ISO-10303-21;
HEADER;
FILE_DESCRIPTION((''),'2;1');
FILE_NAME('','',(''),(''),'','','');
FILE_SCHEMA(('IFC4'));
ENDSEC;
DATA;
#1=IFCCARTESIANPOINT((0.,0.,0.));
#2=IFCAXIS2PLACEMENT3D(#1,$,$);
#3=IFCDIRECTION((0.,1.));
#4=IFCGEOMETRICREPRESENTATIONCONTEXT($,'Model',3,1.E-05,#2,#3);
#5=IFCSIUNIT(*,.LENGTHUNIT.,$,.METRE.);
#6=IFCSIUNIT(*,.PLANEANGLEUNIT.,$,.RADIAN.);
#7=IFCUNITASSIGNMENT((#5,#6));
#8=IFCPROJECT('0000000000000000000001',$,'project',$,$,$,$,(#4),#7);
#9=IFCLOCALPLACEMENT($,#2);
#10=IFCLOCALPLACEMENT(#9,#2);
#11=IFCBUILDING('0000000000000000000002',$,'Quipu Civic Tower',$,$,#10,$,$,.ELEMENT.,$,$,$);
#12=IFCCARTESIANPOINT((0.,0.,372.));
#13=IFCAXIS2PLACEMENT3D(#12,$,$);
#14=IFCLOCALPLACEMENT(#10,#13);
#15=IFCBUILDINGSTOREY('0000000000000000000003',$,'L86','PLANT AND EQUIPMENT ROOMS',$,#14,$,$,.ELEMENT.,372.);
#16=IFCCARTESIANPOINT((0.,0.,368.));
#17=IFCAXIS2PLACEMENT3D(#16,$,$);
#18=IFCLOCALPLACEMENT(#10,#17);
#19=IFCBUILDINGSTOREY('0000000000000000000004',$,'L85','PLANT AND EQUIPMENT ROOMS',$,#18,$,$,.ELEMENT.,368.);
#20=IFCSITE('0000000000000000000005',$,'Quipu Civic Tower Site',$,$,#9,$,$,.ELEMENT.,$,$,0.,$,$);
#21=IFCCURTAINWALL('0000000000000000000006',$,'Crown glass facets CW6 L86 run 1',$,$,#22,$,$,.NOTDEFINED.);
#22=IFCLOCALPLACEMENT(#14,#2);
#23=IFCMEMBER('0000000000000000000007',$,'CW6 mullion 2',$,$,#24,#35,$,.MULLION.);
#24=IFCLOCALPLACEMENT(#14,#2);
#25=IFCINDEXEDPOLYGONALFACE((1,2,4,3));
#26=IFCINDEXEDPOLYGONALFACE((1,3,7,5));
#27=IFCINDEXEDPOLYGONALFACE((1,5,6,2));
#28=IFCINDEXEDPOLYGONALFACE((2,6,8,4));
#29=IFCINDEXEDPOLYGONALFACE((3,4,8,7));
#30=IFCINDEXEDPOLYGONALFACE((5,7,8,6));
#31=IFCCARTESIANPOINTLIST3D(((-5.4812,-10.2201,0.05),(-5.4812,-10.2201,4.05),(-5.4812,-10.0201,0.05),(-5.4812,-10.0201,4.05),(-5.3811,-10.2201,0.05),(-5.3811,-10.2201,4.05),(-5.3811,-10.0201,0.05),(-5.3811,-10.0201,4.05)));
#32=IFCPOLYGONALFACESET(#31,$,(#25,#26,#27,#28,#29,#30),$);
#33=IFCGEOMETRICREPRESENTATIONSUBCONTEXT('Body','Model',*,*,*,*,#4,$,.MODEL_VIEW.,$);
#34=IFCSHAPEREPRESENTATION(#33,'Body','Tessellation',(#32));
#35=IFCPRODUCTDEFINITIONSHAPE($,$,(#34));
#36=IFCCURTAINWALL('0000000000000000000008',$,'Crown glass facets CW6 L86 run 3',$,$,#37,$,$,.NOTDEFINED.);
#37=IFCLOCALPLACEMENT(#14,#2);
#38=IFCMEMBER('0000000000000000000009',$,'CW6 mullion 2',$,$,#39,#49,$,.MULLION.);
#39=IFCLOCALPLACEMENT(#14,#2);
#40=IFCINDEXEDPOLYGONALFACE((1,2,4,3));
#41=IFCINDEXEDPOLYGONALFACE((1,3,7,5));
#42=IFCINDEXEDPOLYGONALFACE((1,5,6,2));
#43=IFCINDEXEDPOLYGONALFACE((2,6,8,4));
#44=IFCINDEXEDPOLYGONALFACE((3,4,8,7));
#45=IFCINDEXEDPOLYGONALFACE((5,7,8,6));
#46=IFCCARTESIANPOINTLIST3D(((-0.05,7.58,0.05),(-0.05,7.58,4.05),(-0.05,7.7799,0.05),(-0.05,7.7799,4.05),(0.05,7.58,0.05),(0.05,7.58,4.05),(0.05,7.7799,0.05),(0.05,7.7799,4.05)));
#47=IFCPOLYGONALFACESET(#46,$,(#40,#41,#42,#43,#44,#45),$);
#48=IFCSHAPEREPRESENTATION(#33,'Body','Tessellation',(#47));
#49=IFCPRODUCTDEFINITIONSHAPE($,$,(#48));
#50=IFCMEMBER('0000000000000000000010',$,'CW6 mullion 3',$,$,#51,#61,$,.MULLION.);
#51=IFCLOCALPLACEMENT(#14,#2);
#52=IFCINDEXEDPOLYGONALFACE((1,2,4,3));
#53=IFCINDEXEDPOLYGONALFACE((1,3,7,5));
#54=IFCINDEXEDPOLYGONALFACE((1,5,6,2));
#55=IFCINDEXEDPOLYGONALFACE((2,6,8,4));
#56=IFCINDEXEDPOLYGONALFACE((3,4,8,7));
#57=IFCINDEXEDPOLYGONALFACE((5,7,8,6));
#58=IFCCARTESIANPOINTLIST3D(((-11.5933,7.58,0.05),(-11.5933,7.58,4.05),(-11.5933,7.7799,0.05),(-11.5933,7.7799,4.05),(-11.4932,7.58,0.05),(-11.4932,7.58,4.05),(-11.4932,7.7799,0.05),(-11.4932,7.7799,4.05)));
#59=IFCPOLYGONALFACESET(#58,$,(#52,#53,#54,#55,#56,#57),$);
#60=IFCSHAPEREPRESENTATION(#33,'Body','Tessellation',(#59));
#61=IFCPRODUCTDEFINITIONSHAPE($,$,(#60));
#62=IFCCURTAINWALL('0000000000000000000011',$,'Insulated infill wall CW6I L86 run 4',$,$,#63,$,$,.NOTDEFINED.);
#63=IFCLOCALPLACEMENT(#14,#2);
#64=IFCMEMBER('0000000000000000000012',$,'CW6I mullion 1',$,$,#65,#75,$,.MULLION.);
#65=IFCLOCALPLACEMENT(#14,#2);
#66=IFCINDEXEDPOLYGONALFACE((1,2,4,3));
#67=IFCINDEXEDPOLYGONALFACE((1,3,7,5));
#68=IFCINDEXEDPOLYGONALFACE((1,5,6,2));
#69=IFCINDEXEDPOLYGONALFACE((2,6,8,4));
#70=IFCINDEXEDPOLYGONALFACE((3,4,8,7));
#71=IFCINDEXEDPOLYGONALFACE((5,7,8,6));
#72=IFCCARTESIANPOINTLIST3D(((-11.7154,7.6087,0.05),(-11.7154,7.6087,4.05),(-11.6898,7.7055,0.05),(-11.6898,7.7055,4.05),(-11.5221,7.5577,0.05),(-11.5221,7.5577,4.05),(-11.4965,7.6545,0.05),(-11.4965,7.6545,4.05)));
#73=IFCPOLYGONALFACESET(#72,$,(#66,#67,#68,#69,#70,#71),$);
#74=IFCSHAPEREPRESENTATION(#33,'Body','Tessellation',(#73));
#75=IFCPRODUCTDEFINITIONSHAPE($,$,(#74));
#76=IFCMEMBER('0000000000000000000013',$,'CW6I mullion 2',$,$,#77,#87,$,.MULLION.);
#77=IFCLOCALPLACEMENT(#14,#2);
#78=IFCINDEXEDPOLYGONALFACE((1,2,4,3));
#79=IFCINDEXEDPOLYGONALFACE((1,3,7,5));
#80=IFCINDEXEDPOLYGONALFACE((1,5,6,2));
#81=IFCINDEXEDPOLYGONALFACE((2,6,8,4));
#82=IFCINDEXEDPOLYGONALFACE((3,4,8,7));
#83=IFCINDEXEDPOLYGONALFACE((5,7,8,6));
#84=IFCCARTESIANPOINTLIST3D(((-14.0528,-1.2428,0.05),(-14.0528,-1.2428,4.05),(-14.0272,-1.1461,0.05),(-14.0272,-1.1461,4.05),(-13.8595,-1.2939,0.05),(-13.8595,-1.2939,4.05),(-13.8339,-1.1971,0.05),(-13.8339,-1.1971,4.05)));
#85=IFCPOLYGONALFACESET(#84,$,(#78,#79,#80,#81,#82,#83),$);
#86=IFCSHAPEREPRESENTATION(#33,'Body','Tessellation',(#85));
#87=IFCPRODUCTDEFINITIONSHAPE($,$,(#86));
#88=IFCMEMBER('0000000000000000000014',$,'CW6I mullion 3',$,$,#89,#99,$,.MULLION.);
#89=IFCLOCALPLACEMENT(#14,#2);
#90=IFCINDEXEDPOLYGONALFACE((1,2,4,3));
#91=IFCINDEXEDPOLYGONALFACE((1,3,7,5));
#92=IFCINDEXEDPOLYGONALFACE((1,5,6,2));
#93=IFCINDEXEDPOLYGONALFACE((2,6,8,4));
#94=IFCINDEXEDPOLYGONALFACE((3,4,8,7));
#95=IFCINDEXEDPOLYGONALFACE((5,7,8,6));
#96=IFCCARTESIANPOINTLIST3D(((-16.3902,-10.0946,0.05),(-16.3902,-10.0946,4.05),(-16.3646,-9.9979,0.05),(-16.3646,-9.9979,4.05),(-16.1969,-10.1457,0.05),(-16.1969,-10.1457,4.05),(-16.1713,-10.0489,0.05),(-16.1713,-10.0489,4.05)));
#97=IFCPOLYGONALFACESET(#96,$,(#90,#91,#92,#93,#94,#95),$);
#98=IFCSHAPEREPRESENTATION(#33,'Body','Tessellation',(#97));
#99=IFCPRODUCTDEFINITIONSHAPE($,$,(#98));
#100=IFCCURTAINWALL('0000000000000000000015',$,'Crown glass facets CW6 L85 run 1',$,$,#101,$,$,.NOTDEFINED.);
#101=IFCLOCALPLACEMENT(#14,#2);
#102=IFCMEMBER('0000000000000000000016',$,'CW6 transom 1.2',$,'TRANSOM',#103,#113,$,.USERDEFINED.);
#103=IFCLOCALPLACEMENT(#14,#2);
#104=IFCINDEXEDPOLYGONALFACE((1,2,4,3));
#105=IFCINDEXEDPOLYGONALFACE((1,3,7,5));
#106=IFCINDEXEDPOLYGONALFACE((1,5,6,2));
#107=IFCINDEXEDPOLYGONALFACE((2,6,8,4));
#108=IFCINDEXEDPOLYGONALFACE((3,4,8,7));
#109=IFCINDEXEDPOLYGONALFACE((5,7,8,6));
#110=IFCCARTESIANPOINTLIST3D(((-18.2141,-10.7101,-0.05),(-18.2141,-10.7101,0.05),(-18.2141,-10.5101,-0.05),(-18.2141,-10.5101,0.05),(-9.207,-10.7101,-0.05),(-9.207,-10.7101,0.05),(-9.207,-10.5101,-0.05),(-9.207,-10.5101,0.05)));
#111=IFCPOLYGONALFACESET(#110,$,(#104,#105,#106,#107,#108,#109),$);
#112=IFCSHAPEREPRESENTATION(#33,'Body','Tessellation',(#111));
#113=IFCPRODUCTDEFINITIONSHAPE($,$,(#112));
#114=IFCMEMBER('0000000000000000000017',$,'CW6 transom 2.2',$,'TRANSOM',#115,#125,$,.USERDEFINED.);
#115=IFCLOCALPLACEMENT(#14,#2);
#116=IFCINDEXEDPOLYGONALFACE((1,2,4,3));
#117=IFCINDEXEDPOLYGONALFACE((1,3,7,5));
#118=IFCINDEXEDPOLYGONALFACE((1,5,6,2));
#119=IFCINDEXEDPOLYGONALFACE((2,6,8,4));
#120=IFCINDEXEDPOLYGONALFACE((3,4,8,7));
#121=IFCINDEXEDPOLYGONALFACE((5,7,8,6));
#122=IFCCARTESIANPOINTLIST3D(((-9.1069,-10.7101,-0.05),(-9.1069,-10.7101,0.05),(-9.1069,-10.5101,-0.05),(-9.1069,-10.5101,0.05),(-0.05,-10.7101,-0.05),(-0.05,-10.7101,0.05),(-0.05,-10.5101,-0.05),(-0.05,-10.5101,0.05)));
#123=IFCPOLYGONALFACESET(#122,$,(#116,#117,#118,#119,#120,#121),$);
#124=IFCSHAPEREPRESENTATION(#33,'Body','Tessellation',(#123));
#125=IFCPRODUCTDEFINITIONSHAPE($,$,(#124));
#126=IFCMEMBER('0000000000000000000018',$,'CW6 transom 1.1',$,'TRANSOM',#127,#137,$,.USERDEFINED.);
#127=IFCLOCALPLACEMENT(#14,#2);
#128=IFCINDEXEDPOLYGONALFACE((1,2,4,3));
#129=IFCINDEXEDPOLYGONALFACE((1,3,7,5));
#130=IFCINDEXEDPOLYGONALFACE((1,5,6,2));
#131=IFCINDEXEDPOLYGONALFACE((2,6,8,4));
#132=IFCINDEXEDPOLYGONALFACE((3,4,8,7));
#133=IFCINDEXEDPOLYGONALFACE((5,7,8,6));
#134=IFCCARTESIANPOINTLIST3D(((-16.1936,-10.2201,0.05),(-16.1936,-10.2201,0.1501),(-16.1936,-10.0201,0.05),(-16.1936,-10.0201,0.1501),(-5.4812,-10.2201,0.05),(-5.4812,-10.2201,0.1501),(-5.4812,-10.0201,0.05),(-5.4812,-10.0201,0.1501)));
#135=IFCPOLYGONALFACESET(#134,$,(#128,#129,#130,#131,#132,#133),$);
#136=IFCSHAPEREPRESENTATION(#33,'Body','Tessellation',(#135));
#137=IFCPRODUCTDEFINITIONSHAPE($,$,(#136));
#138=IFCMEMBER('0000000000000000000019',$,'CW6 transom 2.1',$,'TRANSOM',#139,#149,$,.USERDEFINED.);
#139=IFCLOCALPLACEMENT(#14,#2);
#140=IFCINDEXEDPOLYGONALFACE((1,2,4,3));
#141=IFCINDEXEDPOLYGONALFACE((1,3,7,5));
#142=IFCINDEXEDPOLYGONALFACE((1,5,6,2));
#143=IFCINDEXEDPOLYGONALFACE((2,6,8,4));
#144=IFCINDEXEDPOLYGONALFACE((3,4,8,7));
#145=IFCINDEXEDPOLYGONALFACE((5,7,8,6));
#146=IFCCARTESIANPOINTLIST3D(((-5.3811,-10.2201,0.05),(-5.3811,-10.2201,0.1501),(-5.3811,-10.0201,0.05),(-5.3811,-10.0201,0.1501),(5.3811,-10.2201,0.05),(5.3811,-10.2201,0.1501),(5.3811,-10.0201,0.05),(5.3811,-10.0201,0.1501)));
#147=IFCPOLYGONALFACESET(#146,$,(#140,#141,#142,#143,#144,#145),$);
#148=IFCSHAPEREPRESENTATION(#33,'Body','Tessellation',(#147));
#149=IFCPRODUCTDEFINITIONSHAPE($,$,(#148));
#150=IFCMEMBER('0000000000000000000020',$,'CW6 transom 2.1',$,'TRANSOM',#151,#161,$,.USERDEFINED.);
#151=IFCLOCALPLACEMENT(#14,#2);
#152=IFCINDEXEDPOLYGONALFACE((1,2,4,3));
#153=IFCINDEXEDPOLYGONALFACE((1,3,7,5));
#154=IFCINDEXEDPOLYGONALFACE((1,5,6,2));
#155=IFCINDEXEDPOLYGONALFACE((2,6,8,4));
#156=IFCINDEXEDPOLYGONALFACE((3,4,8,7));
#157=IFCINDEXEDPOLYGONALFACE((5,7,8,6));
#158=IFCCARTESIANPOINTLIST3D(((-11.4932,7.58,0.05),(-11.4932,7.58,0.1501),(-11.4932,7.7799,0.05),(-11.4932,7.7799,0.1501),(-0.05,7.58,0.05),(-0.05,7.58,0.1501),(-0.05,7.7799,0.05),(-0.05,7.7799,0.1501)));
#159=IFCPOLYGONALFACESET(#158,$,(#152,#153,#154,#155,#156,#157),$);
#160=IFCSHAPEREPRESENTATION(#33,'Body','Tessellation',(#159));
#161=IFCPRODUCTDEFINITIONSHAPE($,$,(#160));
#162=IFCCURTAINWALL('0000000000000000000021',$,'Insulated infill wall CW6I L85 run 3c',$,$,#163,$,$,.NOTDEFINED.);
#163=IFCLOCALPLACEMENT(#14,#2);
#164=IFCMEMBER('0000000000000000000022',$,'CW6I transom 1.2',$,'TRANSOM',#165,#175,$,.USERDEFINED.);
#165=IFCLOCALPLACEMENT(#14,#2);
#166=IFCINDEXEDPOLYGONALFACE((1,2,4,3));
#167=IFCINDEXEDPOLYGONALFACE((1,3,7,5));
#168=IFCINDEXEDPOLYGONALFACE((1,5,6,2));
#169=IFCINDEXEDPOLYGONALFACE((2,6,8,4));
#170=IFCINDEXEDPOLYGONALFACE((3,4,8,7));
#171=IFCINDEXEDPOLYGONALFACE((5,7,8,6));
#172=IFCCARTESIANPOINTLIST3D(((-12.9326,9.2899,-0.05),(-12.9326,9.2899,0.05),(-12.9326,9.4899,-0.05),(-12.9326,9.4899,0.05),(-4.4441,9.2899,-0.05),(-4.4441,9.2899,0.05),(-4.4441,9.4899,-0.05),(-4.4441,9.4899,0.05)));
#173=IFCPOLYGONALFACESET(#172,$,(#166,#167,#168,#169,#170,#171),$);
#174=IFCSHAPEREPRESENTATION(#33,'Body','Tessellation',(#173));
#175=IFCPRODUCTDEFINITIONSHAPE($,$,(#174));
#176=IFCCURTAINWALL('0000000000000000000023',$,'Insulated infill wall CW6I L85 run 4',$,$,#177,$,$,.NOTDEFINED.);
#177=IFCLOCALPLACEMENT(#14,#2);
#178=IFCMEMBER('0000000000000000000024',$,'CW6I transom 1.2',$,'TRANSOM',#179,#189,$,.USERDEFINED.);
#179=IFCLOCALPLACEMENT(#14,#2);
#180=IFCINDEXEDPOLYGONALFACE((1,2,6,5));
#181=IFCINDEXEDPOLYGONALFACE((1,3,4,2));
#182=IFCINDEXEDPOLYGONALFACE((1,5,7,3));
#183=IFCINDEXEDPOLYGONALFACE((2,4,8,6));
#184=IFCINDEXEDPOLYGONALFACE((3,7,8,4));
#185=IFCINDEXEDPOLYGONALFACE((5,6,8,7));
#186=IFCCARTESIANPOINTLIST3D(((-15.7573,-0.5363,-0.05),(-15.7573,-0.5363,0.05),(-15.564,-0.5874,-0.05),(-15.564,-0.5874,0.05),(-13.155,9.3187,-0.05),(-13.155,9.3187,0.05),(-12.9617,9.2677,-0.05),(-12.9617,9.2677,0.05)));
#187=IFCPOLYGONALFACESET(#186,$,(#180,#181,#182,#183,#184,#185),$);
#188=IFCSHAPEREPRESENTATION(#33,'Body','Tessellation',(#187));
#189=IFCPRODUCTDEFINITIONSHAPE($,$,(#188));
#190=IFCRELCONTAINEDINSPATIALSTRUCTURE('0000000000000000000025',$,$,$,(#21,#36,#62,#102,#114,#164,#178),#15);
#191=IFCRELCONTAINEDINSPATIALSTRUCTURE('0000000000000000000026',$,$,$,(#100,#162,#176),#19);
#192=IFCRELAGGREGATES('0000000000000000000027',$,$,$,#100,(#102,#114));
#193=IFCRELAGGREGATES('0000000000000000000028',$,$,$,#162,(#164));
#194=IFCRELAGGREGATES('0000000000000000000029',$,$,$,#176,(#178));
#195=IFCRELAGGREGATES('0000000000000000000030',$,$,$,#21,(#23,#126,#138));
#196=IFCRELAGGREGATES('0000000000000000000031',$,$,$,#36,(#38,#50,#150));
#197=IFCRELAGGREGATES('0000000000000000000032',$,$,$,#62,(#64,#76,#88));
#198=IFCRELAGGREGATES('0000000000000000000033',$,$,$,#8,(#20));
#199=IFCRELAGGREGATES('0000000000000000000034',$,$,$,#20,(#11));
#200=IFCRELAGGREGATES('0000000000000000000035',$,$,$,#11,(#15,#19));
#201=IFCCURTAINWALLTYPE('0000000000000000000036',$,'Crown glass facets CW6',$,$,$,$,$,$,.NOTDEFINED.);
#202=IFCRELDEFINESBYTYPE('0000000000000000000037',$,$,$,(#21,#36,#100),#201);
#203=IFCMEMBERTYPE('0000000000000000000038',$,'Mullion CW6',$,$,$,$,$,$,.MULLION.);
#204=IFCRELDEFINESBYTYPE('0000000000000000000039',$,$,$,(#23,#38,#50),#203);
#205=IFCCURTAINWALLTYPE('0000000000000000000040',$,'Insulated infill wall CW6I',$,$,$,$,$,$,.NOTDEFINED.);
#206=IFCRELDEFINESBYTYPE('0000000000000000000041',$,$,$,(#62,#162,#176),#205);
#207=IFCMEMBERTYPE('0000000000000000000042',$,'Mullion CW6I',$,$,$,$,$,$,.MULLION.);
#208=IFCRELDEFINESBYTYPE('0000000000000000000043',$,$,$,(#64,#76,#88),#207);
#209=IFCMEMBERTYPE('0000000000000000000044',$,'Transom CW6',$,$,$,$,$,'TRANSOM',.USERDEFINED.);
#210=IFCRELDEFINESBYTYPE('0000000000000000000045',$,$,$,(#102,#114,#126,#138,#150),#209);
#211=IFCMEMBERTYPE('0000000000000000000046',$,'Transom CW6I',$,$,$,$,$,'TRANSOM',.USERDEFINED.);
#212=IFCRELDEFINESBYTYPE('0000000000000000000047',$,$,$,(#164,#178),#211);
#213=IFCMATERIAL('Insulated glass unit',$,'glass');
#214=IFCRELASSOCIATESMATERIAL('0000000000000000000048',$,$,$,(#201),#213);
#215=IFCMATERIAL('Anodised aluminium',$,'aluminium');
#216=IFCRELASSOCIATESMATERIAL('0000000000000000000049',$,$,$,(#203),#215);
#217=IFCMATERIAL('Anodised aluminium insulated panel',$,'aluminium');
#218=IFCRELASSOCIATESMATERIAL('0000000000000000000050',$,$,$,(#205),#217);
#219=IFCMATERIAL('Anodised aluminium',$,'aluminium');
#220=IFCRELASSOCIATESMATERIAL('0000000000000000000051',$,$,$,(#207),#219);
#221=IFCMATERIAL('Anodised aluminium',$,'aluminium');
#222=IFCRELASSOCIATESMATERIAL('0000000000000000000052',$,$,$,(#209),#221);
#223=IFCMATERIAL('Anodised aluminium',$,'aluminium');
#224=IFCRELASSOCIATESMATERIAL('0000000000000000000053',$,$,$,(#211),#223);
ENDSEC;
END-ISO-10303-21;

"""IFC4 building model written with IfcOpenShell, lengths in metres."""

from ifc_helpers import new_model, si_unit, direction, frame, origin, origin_2d, place, context, subcontext, project, spatial, rectangle, extrude, material, material_profile, profile_set, type_object, element, aggregate, save


model = new_model("IFC4")

# Units and contexts
model_context = context("Model", 3, precision=1e-05, world=origin(), true_north=direction((0.0, 1.0)))
body_context = subcontext(model_context, "Body", "Model", "MODEL_VIEW")
ifc_project = project(units=[si_unit("LENGTHUNIT", "METRE"), si_unit("PLANEANGLEUNIT", "RADIAN")], contexts=[model_context])

# Site, building, storey
site_placement = place(None, origin())
site = spatial("IfcSite", under=ifc_project, at=site_placement, Name="Quipu Civic Tower Site", CompositionType="ELEMENT", RefElevation=0.0)
building_placement = place(site_placement, origin())
building = spatial("IfcBuilding", under=site, at=building_placement, Name="Quipu Civic Tower", CompositionType="ELEMENT")
storey_1_placement = place(building_placement, frame((0.0, 0.0, 372.0)))
storey_1 = spatial("IfcBuildingStorey", under=building, at=storey_1_placement, Name="L86", Description="PLANT AND EQUIPMENT ROOMS", CompositionType="ELEMENT", Elevation=372.0)

# Curtain walls, members
ifc_material_1 = material(Name="Insulated glass unit", Category="glass")
curtain_wall_type_1 = type_object("IfcCurtainWallType", Name="Crown glass facets CW6", PredefinedType="NOTDEFINED", material=ifc_material_1)
curtain_wall_1_placement = place(storey_1_placement, origin())
curtain_wall_1 = element("IfcCurtainWall", 1, at=curtain_wall_1_placement, inside=storey_1, type_object=curtain_wall_type_1, Name="Crown glass facets CW6 L86 run 1", PredefinedType="NOTDEFINED")
ifc_material_2 = material(Name="Anodised aluminium", Category="aluminium")
ifc_material_profile_1 = material_profile(ifc_material_2, rectangle(XDim=0.2, YDim=0.1001, at=origin_2d()), Name="RECT 200x100")
ifc_profile_set_1 = profile_set([ifc_material_profile_1], Name="Anodised aluminium")
member_type_1 = type_object("IfcMemberType", Name="Mullion CW6", PredefinedType="MULLION", material=ifc_profile_set_1)
member_1_placement = place(storey_1_placement, frame((-5.4312, -10.1201, 0.05), z_axis=(0.0, 0.0, 1.0), x_axis=(0.0, 1.0, 0.0)))
member_1 = element("IfcMember", 2, at=member_1_placement, type_object=member_type_1, Name="CW6 mullion 2", PredefinedType="MULLION", context=body_context, shape_type="SweptSolid", body=[
    extrude(rectangle(XDim=0.2, YDim=0.1001, at=origin_2d()), origin(), (0.0, 0.0, 1.0), 4.0),
])
curtain_wall_2_placement = place(storey_1_placement, origin())
curtain_wall_2 = element("IfcCurtainWall", 3, at=curtain_wall_2_placement, inside=storey_1, type_object=curtain_wall_type_1, Name="Crown glass facets CW6 L86 run 3", PredefinedType="NOTDEFINED")
member_2_placement = place(storey_1_placement, frame((0.0, 7.6799, 0.05), z_axis=(0.0, 0.0, 1.0), x_axis=(0.0, -1.0, 0.0)))
member_2 = element("IfcMember", 4, at=member_2_placement, type_object=member_type_1, Name="CW6 mullion 2", PredefinedType="MULLION", context=body_context, shape_type="SweptSolid", body=[
    extrude(rectangle(XDim=0.2, YDim=0.1001, at=origin_2d()), origin(), (0.0, 0.0, 1.0), 4.0),
])
member_3_placement = place(storey_1_placement, frame((-11.5432, 7.6799, 0.05), z_axis=(0.0, 0.0, 1.0), x_axis=(0.0, -1.0, 0.0)))
member_3 = element("IfcMember", 5, at=member_3_placement, type_object=member_type_1, Name="CW6 mullion 3", PredefinedType="MULLION", context=body_context, shape_type="SweptSolid", body=[
    extrude(rectangle(XDim=0.2, YDim=0.1001, at=origin_2d()), origin(), (0.0, 0.0, 1.0), 4.0),
])
ifc_material_3 = material(Name="Anodised aluminium insulated panel", Category="aluminium")
curtain_wall_type_2 = type_object("IfcCurtainWallType", Name="Insulated infill wall CW6I", PredefinedType="NOTDEFINED", material=ifc_material_3)
curtain_wall_3_placement = place(storey_1_placement, origin())
curtain_wall_3 = element("IfcCurtainWall", 6, at=curtain_wall_3_placement, inside=storey_1, type_object=curtain_wall_type_2, Name="Insulated infill wall CW6I L86 run 4", PredefinedType="NOTDEFINED")
ifc_material_4 = material(Name="Anodised aluminium", Category="aluminium")
ifc_material_profile_2 = material_profile(ifc_material_4, rectangle(XDim=0.2, YDim=0.1001, at=origin_2d()), Name="RECT 200x100")
ifc_profile_set_2 = profile_set([ifc_material_profile_2], Name="Anodised aluminium")
member_type_2 = type_object("IfcMemberType", Name="Mullion CW6I", PredefinedType="MULLION", material=ifc_profile_set_2)
member_4_placement = place(storey_1_placement, frame((-11.606, 7.6316, 0.05), z_axis=(0.0, 0.0, 1.0), x_axis=(0.966858, -0.255316, 0.0)))
member_4 = element("IfcMember", 7, at=member_4_placement, type_object=member_type_2, Name="CW6I mullion 1", PredefinedType="MULLION", context=body_context, shape_type="SweptSolid", body=[
    extrude(rectangle(XDim=0.2, YDim=0.1001, at=origin_2d()), origin(), (0.0, 0.0, 1.0), 4.0),
])
member_5_placement = place(storey_1_placement, frame((-13.9434, -1.22, 0.05), z_axis=(0.0, 0.0, 1.0), x_axis=(0.966858, -0.255316, 0.0)))
member_5 = element("IfcMember", 8, at=member_5_placement, type_object=member_type_2, Name="CW6I mullion 2", PredefinedType="MULLION", context=body_context, shape_type="SweptSolid", body=[
    extrude(rectangle(XDim=0.2, YDim=0.1001, at=origin_2d()), origin(), (0.0, 0.0, 1.0), 4.0),
])
member_6_placement = place(storey_1_placement, frame((-16.2808, -10.0718, 0.05), z_axis=(0.0, 0.0, 1.0), x_axis=(0.966858, -0.255316, 0.0)))
member_6 = element("IfcMember", 9, at=member_6_placement, type_object=member_type_2, Name="CW6I mullion 3", PredefinedType="MULLION", context=body_context, shape_type="SweptSolid", body=[
    extrude(rectangle(XDim=0.2, YDim=0.1001, at=origin_2d()), origin(), (0.0, 0.0, 1.0), 4.0),
])

# Shared definitions
storey_2_placement = place(building_placement, frame((0.0, 0.0, 368.0)))
storey_2 = spatial("IfcBuildingStorey", under=building, at=storey_2_placement, Name="L85", Description="PLANT AND EQUIPMENT ROOMS", CompositionType="ELEMENT", Elevation=368.0)

# Curtain wall, members
curtain_wall_4_placement = place(storey_2_placement, origin())
curtain_wall_4 = element("IfcCurtainWall", 10, at=curtain_wall_4_placement, inside=storey_2, type_object=curtain_wall_type_1, Name="Crown glass facets CW6 L85 run 1", PredefinedType="NOTDEFINED")
ifc_material_5 = material(Name="Anodised aluminium", Category="aluminium")
ifc_material_profile_3 = material_profile(ifc_material_5, rectangle(XDim=0.2, YDim=0.1001, at=origin_2d()), Name="RECT 200x100")
ifc_profile_set_3 = profile_set([ifc_material_profile_3], Name="Anodised aluminium")
member_type_3 = type_object("IfcMemberType", Name="Transom CW6", ElementType="TRANSOM", PredefinedType="USERDEFINED", material=ifc_profile_set_3)
member_7_placement = place(storey_1_placement, frame((-18.2141, -10.6101, 0.0), z_axis=(1.0, 0.0, 0.0), x_axis=(0.0, 1.0, 0.0)))
member_7 = element("IfcMember", 11, at=member_7_placement, inside=storey_1, type_object=member_type_3, Name="CW6 transom 1.2", ObjectType="TRANSOM", PredefinedType="USERDEFINED", context=body_context, shape_type="SweptSolid", body=[
    extrude(rectangle(XDim=0.2, YDim=0.1001, at=origin_2d()), origin(), (0.0, 0.0, 1.0), 9.0071),
])
member_8_placement = place(storey_1_placement, frame((-9.1069, -10.6101, 0.0), z_axis=(1.0, 0.0, 0.0), x_axis=(0.0, 1.0, 0.0)))
member_8 = element("IfcMember", 12, at=member_8_placement, inside=storey_1, type_object=member_type_3, Name="CW6 transom 2.2", ObjectType="TRANSOM", PredefinedType="USERDEFINED", context=body_context, shape_type="SweptSolid", body=[
    extrude(rectangle(XDim=0.2, YDim=0.1001, at=origin_2d()), origin(), (0.0, 0.0, 1.0), 9.0569),
])
aggregate(curtain_wall_4, [member_7, member_8])

# Members
member_9_placement = place(storey_1_placement, frame((-16.1936, -10.1201, 0.1001), z_axis=(1.0, 0.0, 0.0), x_axis=(0.0, 1.0, 0.0)))
member_9 = element("IfcMember", 13, at=member_9_placement, type_object=member_type_3, Name="CW6 transom 1.1", ObjectType="TRANSOM", PredefinedType="USERDEFINED", context=body_context, shape_type="SweptSolid", body=[
    extrude(rectangle(XDim=0.2, YDim=0.1001, at=origin_2d()), origin(), (0.0, 0.0, 1.0), 10.7124),
])
member_10_placement = place(storey_1_placement, frame((-5.3811, -10.1201, 0.1001), z_axis=(1.0, 0.0, 0.0), x_axis=(0.0, 1.0, 0.0)))
member_10 = element("IfcMember", 14, at=member_10_placement, type_object=member_type_3, Name="CW6 transom 2.1", ObjectType="TRANSOM", PredefinedType="USERDEFINED", context=body_context, shape_type="SweptSolid", body=[
    extrude(rectangle(XDim=0.2, YDim=0.1001, at=origin_2d()), origin(), (0.0, 0.0, 1.0), 10.7622),
])
member_11_placement = place(storey_1_placement, frame((-0.05, 7.6799, 0.1001), z_axis=(-1.0, 0.0, 0.0), x_axis=(0.0, -1.0, 0.0)))
member_11 = element("IfcMember", 15, at=member_11_placement, type_object=member_type_3, Name="CW6 transom 2.1", ObjectType="TRANSOM", PredefinedType="USERDEFINED", context=body_context, shape_type="SweptSolid", body=[
    extrude(rectangle(XDim=0.2, YDim=0.1001, at=origin_2d()), origin(), (0.0, 0.0, 1.0), 11.4431),
])

# Curtain wall, member
curtain_wall_5_placement = place(storey_2_placement, origin())
curtain_wall_5 = element("IfcCurtainWall", 16, at=curtain_wall_5_placement, inside=storey_2, type_object=curtain_wall_type_2, Name="Insulated infill wall CW6I L85 run 3c", PredefinedType="NOTDEFINED")
ifc_material_6 = material(Name="Anodised aluminium", Category="aluminium")
ifc_material_profile_4 = material_profile(ifc_material_6, rectangle(XDim=0.2, YDim=0.1001, at=origin_2d()), Name="RECT 200x100")
ifc_profile_set_4 = profile_set([ifc_material_profile_4], Name="Anodised aluminium")
member_type_4 = type_object("IfcMemberType", Name="Transom CW6I", ElementType="TRANSOM", PredefinedType="USERDEFINED", material=ifc_profile_set_4)
member_12_placement = place(storey_1_placement, frame((-4.4441, 9.3899, 0.0), z_axis=(-1.0, 0.0, 0.0), x_axis=(0.0, -1.0, 0.0)))
member_12 = element("IfcMember", 17, at=member_12_placement, inside=storey_1, type_object=member_type_4, Name="CW6I transom 1.2", ObjectType="TRANSOM", PredefinedType="USERDEFINED", context=body_context, shape_type="SweptSolid", body=[
    extrude(rectangle(XDim=0.2, YDim=0.1001, at=origin_2d()), origin(), (0.0, 0.0, 1.0), 8.4885),
])
aggregate(curtain_wall_5, [member_12])

# Curtain wall, member
curtain_wall_6_placement = place(storey_2_placement, origin())
curtain_wall_6 = element("IfcCurtainWall", 18, at=curtain_wall_6_placement, inside=storey_2, type_object=curtain_wall_type_2, Name="Insulated infill wall CW6I L85 run 4", PredefinedType="NOTDEFINED")
member_13_placement = place(storey_1_placement, frame((-13.0583, 9.2932, 0.0), z_axis=(-0.255308, -0.96686, 0.0), x_axis=(0.96686, -0.255308, 0.0)))
member_13 = element("IfcMember", 19, at=member_13_placement, inside=storey_1, type_object=member_type_4, Name="CW6I transom 1.2", ObjectType="TRANSOM", PredefinedType="USERDEFINED", context=body_context, shape_type="SweptSolid", body=[
    extrude(rectangle(XDim=0.2, YDim=0.1001, at=origin_2d()), origin(), (0.0, 0.0, 1.0), 10.1929),
])
aggregate(curtain_wall_6, [member_13])

aggregate(curtain_wall_1, [member_1, member_9, member_10])
aggregate(curtain_wall_2, [member_2, member_3, member_11])
aggregate(curtain_wall_3, [member_4, member_5, member_6])

save(model, "model.ifc")
